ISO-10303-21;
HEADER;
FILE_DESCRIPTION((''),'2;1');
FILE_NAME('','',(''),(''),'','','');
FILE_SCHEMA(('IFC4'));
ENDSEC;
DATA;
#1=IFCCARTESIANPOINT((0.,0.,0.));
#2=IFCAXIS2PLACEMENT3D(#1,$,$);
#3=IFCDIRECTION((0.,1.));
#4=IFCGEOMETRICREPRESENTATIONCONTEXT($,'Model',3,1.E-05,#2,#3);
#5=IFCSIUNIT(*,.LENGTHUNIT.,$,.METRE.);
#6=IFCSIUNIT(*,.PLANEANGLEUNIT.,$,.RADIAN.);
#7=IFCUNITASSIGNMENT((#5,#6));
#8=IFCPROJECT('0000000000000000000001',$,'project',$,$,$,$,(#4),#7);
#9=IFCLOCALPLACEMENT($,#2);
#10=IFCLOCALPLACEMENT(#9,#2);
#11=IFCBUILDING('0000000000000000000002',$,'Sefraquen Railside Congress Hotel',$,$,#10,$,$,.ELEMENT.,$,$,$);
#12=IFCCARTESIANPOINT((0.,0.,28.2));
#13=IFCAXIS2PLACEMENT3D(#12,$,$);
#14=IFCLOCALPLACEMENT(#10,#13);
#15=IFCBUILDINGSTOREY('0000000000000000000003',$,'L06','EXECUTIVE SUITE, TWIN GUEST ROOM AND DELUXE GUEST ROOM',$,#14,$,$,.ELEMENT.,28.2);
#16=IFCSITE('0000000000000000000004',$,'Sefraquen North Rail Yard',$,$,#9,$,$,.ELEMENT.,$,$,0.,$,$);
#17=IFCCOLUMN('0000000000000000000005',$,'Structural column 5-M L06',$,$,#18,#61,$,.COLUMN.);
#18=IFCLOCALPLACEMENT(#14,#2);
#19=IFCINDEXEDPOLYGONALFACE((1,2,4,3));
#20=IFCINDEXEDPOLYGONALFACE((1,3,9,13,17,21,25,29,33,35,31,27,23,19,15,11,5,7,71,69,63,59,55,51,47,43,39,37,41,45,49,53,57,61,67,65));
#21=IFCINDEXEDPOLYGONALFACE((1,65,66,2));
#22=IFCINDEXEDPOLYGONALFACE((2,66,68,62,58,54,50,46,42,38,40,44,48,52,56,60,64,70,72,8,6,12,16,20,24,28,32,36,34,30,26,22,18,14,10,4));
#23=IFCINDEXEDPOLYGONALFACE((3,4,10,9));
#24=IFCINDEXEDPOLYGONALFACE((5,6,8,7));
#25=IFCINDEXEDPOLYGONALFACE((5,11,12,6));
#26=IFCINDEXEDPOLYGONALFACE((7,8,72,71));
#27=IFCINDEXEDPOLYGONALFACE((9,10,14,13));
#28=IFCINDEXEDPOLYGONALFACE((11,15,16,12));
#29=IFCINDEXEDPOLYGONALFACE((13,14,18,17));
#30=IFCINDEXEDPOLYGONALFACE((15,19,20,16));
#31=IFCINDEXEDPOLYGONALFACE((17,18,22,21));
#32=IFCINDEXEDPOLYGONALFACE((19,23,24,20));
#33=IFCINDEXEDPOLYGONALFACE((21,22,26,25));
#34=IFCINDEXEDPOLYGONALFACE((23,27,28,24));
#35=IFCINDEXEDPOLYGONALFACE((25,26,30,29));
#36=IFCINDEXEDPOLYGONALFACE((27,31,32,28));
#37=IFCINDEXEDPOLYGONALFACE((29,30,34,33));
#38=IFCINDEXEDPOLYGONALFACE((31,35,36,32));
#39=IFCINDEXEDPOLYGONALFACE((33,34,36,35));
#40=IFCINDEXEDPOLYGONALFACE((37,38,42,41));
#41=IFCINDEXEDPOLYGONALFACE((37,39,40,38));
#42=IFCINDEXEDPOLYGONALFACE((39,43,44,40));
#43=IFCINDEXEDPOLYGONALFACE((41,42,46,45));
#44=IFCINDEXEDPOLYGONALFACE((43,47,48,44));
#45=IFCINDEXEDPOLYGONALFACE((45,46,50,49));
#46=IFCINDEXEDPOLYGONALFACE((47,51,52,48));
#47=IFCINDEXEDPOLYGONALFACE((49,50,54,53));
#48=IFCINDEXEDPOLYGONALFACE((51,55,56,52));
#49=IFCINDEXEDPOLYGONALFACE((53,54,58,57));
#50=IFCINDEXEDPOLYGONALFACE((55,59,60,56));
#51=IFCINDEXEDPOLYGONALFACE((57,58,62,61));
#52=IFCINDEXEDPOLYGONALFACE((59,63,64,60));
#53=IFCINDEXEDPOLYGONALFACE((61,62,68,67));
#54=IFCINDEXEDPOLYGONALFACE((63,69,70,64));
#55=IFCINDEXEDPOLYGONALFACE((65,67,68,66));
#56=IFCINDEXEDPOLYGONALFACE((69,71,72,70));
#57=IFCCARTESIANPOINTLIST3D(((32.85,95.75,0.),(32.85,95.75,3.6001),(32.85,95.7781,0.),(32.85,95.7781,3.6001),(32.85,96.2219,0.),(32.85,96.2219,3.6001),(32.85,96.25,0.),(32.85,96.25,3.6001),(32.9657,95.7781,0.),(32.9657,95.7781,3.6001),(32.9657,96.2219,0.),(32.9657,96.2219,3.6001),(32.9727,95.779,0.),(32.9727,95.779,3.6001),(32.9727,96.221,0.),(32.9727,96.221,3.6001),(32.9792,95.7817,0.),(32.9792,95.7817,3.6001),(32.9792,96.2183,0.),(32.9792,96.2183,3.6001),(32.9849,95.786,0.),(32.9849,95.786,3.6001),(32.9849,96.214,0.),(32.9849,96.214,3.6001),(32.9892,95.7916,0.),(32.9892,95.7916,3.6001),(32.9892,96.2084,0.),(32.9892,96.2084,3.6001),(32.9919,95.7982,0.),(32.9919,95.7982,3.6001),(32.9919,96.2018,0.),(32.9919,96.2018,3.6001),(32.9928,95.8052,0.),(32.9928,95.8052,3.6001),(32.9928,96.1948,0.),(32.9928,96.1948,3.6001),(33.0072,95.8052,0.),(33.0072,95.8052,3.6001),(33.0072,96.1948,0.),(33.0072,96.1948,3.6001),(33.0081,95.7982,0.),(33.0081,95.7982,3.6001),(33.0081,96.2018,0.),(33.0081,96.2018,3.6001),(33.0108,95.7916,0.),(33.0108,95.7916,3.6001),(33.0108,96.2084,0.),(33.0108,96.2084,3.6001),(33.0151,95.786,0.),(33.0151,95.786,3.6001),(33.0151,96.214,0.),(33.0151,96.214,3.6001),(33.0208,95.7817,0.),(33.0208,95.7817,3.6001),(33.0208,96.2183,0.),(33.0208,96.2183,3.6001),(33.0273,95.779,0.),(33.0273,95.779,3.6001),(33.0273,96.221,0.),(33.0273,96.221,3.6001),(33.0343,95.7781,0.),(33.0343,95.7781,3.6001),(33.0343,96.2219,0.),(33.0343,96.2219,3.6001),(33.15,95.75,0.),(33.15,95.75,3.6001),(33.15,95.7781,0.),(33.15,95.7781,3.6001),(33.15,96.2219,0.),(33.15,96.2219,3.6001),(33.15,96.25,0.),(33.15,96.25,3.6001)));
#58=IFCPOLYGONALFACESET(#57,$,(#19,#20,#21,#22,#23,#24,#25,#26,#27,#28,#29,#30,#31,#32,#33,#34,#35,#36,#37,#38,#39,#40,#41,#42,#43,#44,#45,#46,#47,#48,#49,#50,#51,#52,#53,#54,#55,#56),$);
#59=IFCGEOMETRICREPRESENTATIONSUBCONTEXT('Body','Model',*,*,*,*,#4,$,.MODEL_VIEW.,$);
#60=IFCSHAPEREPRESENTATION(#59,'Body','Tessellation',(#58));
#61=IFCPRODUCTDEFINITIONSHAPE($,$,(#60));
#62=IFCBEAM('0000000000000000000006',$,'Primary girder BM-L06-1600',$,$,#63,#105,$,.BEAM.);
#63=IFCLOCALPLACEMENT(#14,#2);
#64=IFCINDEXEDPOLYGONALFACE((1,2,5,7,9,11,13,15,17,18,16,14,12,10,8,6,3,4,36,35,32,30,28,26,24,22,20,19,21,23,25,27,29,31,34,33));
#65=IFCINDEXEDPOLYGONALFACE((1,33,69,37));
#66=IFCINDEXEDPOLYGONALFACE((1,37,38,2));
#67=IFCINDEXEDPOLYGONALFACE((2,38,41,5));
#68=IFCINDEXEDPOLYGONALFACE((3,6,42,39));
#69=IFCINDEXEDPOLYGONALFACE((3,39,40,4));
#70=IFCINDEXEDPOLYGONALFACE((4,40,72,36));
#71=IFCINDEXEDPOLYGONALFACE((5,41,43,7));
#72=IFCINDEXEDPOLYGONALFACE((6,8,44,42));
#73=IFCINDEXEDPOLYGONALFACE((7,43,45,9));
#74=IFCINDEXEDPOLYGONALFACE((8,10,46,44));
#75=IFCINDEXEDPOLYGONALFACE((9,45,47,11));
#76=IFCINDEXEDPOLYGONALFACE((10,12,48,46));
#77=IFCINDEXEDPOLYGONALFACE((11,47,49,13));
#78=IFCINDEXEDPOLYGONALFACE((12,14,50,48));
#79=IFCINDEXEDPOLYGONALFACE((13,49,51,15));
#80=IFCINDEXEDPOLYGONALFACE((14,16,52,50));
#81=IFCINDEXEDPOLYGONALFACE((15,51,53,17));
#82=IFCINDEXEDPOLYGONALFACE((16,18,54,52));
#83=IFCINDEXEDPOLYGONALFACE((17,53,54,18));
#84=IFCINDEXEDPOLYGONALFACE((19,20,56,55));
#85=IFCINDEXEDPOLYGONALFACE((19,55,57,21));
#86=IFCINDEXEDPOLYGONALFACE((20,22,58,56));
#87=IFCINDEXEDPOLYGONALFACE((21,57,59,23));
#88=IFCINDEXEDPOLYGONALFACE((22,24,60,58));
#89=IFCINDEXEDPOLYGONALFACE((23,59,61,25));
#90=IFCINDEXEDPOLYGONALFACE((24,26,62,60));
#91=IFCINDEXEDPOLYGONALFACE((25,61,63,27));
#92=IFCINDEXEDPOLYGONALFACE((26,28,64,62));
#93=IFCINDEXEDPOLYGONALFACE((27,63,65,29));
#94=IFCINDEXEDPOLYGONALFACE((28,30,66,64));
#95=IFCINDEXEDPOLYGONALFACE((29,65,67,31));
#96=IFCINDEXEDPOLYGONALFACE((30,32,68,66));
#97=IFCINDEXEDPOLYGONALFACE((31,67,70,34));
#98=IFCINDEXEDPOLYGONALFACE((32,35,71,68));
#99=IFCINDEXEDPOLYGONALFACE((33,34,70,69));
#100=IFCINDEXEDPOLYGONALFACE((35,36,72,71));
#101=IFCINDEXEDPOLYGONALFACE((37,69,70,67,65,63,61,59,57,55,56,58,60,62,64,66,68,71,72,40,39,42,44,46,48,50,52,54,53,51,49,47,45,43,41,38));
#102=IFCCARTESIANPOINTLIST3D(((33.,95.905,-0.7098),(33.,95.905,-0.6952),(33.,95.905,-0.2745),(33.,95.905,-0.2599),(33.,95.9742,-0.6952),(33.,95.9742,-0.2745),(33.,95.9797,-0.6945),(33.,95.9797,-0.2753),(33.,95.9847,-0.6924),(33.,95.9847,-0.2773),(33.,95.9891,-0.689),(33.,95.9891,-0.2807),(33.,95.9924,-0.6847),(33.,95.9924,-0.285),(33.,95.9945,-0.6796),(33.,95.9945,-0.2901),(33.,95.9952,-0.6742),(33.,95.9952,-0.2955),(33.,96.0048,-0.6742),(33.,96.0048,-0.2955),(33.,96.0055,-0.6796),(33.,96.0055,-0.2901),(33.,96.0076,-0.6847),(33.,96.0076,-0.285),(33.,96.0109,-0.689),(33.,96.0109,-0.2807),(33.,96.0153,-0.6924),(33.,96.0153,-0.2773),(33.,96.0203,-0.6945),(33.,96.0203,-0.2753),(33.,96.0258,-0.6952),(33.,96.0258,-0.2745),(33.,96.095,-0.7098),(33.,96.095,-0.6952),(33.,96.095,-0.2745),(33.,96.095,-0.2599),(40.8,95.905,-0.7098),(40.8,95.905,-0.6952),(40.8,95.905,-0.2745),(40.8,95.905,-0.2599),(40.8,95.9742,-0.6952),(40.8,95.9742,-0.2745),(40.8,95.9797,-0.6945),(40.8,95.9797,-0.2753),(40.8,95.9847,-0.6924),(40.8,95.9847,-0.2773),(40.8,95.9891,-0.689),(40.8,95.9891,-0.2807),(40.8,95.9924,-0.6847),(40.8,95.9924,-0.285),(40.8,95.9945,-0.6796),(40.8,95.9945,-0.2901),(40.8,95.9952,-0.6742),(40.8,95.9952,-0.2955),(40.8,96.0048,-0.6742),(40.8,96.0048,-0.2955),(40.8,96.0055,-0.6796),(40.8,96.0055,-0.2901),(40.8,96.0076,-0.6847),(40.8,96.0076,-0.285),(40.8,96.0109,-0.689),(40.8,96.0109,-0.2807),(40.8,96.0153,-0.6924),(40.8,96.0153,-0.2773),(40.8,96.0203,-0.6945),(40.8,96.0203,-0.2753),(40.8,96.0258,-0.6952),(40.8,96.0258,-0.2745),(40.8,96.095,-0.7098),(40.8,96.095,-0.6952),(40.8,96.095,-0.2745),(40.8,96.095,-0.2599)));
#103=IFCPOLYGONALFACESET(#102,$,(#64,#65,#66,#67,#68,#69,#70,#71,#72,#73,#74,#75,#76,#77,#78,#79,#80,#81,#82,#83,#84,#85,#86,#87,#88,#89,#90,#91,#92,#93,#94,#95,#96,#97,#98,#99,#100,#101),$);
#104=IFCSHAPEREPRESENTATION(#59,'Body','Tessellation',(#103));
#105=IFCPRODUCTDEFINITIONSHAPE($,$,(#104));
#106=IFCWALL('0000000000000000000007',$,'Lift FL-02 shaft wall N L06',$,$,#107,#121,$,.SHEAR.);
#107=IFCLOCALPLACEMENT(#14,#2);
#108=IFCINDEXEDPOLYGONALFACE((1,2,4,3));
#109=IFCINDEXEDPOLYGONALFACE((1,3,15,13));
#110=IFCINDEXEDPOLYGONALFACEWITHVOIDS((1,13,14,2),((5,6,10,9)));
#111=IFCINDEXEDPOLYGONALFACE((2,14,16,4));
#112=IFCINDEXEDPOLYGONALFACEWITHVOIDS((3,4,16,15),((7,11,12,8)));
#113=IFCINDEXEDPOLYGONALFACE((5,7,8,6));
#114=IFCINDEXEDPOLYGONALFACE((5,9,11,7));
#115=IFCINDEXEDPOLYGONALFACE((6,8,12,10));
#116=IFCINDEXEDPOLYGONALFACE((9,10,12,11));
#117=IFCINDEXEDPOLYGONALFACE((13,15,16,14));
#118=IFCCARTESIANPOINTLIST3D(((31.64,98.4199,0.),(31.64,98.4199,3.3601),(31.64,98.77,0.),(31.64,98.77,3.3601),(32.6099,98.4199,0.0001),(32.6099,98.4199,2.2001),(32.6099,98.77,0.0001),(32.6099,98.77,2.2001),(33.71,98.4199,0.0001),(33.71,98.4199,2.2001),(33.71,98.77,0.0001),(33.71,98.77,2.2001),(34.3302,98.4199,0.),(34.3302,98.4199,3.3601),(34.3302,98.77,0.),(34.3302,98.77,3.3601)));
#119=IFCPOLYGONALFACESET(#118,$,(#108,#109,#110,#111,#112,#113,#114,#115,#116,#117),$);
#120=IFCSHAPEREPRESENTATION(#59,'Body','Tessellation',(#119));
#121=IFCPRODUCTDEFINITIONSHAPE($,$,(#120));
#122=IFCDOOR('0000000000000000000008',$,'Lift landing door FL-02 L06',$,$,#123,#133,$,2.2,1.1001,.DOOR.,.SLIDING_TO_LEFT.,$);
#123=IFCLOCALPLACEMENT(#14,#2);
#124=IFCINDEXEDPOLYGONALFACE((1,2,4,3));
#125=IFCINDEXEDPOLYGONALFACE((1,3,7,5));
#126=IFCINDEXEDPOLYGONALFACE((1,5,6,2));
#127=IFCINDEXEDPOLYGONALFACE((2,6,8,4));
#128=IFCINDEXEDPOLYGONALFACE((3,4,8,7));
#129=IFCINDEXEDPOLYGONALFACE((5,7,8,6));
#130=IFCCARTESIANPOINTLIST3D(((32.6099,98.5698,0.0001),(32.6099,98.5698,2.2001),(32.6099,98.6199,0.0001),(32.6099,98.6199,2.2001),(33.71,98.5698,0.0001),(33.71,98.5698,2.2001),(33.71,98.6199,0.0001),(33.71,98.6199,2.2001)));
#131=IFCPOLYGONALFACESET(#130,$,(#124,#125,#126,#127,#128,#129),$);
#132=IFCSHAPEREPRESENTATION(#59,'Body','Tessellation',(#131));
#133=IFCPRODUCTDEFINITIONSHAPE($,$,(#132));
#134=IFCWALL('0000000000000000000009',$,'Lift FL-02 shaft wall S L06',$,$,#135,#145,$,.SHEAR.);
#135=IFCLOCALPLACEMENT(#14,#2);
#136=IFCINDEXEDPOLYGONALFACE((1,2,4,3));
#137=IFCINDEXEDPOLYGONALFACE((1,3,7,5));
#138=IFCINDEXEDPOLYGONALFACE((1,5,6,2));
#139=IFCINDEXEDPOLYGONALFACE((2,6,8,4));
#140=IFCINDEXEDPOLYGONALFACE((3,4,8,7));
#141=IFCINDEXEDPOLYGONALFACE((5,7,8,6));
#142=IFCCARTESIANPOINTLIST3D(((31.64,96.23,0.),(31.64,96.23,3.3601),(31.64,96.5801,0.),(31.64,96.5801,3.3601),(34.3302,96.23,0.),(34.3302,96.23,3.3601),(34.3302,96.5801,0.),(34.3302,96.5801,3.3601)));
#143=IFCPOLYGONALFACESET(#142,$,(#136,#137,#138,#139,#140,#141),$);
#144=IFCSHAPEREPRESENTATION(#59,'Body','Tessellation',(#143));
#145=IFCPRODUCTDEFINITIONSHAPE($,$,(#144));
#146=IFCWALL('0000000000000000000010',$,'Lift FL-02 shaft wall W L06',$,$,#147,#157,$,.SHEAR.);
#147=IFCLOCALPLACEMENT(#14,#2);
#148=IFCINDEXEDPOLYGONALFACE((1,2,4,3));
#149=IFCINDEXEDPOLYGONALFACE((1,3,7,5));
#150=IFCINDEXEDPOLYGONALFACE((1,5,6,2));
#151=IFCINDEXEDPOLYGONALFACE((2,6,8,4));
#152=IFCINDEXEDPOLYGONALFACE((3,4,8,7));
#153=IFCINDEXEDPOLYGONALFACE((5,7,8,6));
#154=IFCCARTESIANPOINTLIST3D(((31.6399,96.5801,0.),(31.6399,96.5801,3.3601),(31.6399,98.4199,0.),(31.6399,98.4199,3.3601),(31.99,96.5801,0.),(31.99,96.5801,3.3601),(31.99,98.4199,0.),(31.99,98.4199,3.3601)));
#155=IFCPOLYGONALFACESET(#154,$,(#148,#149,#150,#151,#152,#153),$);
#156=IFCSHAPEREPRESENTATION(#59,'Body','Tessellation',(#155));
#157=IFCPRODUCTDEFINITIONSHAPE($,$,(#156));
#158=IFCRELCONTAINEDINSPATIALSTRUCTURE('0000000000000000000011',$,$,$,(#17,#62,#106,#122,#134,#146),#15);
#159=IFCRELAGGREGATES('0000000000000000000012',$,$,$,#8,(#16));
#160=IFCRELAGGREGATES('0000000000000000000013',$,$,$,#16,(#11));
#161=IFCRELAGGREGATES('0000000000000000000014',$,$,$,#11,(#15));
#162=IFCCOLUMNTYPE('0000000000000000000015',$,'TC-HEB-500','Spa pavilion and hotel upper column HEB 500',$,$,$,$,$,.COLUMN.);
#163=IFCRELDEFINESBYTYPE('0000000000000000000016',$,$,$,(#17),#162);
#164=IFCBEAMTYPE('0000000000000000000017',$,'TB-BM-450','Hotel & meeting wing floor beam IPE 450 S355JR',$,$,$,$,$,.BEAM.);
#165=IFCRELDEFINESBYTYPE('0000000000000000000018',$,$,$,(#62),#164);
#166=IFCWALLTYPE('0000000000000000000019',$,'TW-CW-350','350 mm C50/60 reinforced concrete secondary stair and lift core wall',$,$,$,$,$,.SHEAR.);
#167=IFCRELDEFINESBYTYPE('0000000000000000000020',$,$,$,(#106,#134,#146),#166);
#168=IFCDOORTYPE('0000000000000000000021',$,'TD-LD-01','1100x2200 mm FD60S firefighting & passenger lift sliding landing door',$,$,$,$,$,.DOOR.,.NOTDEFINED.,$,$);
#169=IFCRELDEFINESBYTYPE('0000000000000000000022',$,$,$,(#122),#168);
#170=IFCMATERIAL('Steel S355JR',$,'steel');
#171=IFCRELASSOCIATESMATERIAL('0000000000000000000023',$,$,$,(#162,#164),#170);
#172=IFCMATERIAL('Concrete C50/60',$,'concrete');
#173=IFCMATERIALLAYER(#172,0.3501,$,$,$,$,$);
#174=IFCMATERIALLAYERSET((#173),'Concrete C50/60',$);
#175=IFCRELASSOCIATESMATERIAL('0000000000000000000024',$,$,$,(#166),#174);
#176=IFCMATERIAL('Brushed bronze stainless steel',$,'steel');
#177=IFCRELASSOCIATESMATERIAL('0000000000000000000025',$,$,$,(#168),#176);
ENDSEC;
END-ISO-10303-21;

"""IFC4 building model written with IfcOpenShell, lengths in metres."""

from ifc_helpers import new_model, si_unit, direction, frame, frame_2d, origin, origin_2d, place, context, subcontext, project, spatial, rectangle, i_section, extrude, material, layer, layer_set, material_profile, profile_set, type_object, element, fill, save


model = new_model("IFC4")

# Units and contexts
model_context = context("Model", 3, precision=1e-05, world=origin(), true_north=direction((0.0, 1.0)))
body_context = subcontext(model_context, "Body", "Model", "MODEL_VIEW")
ifc_project = project(units=[si_unit("LENGTHUNIT", "METRE"), si_unit("PLANEANGLEUNIT", "RADIAN")], contexts=[model_context])

# Site, building, storey
site_placement = place(None, origin())
site = spatial("IfcSite", under=ifc_project, at=site_placement, Name="Sefraquen North Rail Yard", CompositionType="ELEMENT", RefElevation=0.0)
building_placement = place(site_placement, origin())
building = spatial("IfcBuilding", under=site, at=building_placement, Name="Sefraquen Railside Congress Hotel", CompositionType="ELEMENT")
storey_placement = place(building_placement, frame((0.0, 0.0, 28.2)))
storey = spatial("IfcBuildingStorey", under=building, at=storey_placement, Name="L06", Description="EXECUTIVE SUITE, TWIN GUEST ROOM AND DELUXE GUEST ROOM", CompositionType="ELEMENT", Elevation=28.2)

# Column
ifc_material_1 = material(Name="Steel S355JR", Category="steel")
ifc_material_profile_1 = material_profile(ifc_material_1, i_section(OverallWidth=0.3, OverallDepth=0.5, WebThickness=0.0144, FlangeThickness=0.0281, FilletRadius=0.0271, at=origin_2d()), Name="HEB 500")
ifc_profile_set_1 = profile_set([ifc_material_profile_1], Name="Steel S355JR")
column_type = type_object("IfcColumnType", Name="TC-HEB-500", Description="Spa pavilion and hotel upper column HEB 500", PredefinedType="COLUMN", material=ifc_profile_set_1)
column_placement = place(storey_placement, frame((33.0, 96.0, 0.0), z_axis=(0.0, 0.0, 1.0), x_axis=(1.0, 0.0, 0.0)))
element("IfcColumn", 1, at=column_placement, inside=storey, type_object=column_type, Name="Structural column 5-M L06", PredefinedType="COLUMN", context=body_context, shape_type="SweptSolid", body=[
    extrude(i_section(OverallWidth=0.3, OverallDepth=0.5, WebThickness=0.0144, FlangeThickness=0.0281, FilletRadius=0.0271, at=origin_2d()), origin(), (0.0, 0.0, 1.0), 3.6001),
])

# Beam
ifc_material_profile_2 = material_profile(ifc_material_1, i_section(OverallWidth=0.1899, OverallDepth=0.45, WebThickness=0.0095, FlangeThickness=0.0146, FilletRadius=0.021, at=origin_2d()), Name="IPE 450")
ifc_profile_set_2 = profile_set([ifc_material_profile_2], Name="Steel S355JR")
beam_type = type_object("IfcBeamType", Name="TB-BM-450", Description="Hotel & meeting wing floor beam IPE 450 S355JR", PredefinedType="BEAM", material=ifc_profile_set_2)
beam_placement = place(storey_placement, frame((33.0, 96.0, -0.4849), z_axis=(1.0, 0.0, 0.0), x_axis=(0.0, 1.0, 0.0)))
element("IfcBeam", 2, at=beam_placement, inside=storey, type_object=beam_type, Name="Primary girder BM-L06-1600", PredefinedType="BEAM", context=body_context, shape_type="SweptSolid", body=[
    extrude(i_section(OverallWidth=0.1899, OverallDepth=0.45, WebThickness=0.0095, FlangeThickness=0.0146, FilletRadius=0.021, at=origin_2d()), origin(), (0.0, 0.0, 1.0), 7.8),
])

# Wall, opening, door
ifc_material_2 = material(Name="Concrete C50/60", Category="concrete")
ifc_layer_1 = layer(ifc_material_2, 0.3501)
ifc_layer_set_1 = layer_set([ifc_layer_1], Name="Concrete C50/60")
wall_type_1 = type_object("IfcWallType", Name="TW-CW-350", Description="350 mm C50/60 reinforced concrete secondary stair and lift core wall", PredefinedType="SHEAR", material=ifc_layer_set_1)
wall_1_placement = place(storey_placement, frame((31.6399, 98.595, 0.0), z_axis=(0.0, 0.0, 1.0), x_axis=(1.0, 0.0, 0.0)))
wall_1 = element("IfcWall", 3, at=wall_1_placement, inside=storey, type_object=wall_type_1, Name="Lift FL-02 shaft wall N L06", PredefinedType="SHEAR", context=body_context, shape_type="SweptSolid", body=[
    extrude(rectangle(XDim=2.6902, YDim=0.3501, at=frame_2d((1.3452, 0.0))), origin(), (0.0, 0.0, 1.0), 3.3601),
])
opening_1_placement = place(wall_1_placement, frame((0.97, 0.0, 0.0)))
opening_1 = element("IfcOpeningElement", 4, at=opening_1_placement, cuts=wall_1, PredefinedType="OPENING", context=body_context, shape_type="SweptSolid", body=[
    extrude(rectangle(XDim=1.1001, YDim=2.2, at=frame_2d((0.55, 1.1001))), frame((0.0, 0.1851, 0.0), z_axis=(0.0, -1.0, 0.0), x_axis=(1.0, 0.0, 0.0)), (0.0, 0.0, 1.0), 0.3701),
])
ifc_material_3 = material(Name="Brushed bronze stainless steel", Category="steel")
door_type_1 = type_object("IfcDoorType", Name="TD-LD-01", Description="1100x2200 mm FD60S firefighting & passenger lift sliding landing door", OperationType="NOTDEFINED", PredefinedType="DOOR", material=ifc_material_3)
door_1_placement = place(opening_1_placement, origin())
door_1 = element("IfcDoor", 5, at=door_1_placement, inside=storey, type_object=door_type_1, Name="Lift landing door FL-02 L06", OperationType="SLIDING_TO_LEFT", OverallHeight=2.2, OverallWidth=1.1001, PredefinedType="DOOR", context=body_context, shape_type="SweptSolid", body=[
    extrude(rectangle(XDim=1.1001, YDim=2.2, at=frame_2d((0.55, 1.1001))), frame((0.0, 0.0249, 0.0), z_axis=(0.0, -1.0, 0.0), x_axis=(1.0, 0.0, 0.0)), (0.0, 0.0, 1.0), 0.05),
])
fill(opening_1, door_1)

# Walls
wall_2_placement = place(storey_placement, frame((31.6399, 96.405, 0.0), z_axis=(0.0, 0.0, 1.0), x_axis=(1.0, 0.0, 0.0)))
element("IfcWall", 6, at=wall_2_placement, inside=storey, type_object=wall_type_1, Name="Lift FL-02 shaft wall S L06", PredefinedType="SHEAR", context=body_context, shape_type="SweptSolid", body=[
    extrude(rectangle(XDim=2.6902, YDim=0.3501, at=frame_2d((1.3452, 0.0))), origin(), (0.0, 0.0, 1.0), 3.3601),
])
wall_3_placement = place(storey_placement, frame((31.8149, 96.5801, 0.0), z_axis=(0.0, 0.0, 1.0), x_axis=(0.0, 1.0, 0.0)))
element("IfcWall", 7, at=wall_3_placement, inside=storey, type_object=wall_type_1, Name="Lift FL-02 shaft wall W L06", PredefinedType="SHEAR", context=body_context, shape_type="SweptSolid", body=[
    extrude(rectangle(XDim=1.8398, YDim=0.3501, at=frame_2d((0.9199, 0.0))), origin(), (0.0, 0.0, 1.0), 3.3601),
])

save(model, "model.ifc")
